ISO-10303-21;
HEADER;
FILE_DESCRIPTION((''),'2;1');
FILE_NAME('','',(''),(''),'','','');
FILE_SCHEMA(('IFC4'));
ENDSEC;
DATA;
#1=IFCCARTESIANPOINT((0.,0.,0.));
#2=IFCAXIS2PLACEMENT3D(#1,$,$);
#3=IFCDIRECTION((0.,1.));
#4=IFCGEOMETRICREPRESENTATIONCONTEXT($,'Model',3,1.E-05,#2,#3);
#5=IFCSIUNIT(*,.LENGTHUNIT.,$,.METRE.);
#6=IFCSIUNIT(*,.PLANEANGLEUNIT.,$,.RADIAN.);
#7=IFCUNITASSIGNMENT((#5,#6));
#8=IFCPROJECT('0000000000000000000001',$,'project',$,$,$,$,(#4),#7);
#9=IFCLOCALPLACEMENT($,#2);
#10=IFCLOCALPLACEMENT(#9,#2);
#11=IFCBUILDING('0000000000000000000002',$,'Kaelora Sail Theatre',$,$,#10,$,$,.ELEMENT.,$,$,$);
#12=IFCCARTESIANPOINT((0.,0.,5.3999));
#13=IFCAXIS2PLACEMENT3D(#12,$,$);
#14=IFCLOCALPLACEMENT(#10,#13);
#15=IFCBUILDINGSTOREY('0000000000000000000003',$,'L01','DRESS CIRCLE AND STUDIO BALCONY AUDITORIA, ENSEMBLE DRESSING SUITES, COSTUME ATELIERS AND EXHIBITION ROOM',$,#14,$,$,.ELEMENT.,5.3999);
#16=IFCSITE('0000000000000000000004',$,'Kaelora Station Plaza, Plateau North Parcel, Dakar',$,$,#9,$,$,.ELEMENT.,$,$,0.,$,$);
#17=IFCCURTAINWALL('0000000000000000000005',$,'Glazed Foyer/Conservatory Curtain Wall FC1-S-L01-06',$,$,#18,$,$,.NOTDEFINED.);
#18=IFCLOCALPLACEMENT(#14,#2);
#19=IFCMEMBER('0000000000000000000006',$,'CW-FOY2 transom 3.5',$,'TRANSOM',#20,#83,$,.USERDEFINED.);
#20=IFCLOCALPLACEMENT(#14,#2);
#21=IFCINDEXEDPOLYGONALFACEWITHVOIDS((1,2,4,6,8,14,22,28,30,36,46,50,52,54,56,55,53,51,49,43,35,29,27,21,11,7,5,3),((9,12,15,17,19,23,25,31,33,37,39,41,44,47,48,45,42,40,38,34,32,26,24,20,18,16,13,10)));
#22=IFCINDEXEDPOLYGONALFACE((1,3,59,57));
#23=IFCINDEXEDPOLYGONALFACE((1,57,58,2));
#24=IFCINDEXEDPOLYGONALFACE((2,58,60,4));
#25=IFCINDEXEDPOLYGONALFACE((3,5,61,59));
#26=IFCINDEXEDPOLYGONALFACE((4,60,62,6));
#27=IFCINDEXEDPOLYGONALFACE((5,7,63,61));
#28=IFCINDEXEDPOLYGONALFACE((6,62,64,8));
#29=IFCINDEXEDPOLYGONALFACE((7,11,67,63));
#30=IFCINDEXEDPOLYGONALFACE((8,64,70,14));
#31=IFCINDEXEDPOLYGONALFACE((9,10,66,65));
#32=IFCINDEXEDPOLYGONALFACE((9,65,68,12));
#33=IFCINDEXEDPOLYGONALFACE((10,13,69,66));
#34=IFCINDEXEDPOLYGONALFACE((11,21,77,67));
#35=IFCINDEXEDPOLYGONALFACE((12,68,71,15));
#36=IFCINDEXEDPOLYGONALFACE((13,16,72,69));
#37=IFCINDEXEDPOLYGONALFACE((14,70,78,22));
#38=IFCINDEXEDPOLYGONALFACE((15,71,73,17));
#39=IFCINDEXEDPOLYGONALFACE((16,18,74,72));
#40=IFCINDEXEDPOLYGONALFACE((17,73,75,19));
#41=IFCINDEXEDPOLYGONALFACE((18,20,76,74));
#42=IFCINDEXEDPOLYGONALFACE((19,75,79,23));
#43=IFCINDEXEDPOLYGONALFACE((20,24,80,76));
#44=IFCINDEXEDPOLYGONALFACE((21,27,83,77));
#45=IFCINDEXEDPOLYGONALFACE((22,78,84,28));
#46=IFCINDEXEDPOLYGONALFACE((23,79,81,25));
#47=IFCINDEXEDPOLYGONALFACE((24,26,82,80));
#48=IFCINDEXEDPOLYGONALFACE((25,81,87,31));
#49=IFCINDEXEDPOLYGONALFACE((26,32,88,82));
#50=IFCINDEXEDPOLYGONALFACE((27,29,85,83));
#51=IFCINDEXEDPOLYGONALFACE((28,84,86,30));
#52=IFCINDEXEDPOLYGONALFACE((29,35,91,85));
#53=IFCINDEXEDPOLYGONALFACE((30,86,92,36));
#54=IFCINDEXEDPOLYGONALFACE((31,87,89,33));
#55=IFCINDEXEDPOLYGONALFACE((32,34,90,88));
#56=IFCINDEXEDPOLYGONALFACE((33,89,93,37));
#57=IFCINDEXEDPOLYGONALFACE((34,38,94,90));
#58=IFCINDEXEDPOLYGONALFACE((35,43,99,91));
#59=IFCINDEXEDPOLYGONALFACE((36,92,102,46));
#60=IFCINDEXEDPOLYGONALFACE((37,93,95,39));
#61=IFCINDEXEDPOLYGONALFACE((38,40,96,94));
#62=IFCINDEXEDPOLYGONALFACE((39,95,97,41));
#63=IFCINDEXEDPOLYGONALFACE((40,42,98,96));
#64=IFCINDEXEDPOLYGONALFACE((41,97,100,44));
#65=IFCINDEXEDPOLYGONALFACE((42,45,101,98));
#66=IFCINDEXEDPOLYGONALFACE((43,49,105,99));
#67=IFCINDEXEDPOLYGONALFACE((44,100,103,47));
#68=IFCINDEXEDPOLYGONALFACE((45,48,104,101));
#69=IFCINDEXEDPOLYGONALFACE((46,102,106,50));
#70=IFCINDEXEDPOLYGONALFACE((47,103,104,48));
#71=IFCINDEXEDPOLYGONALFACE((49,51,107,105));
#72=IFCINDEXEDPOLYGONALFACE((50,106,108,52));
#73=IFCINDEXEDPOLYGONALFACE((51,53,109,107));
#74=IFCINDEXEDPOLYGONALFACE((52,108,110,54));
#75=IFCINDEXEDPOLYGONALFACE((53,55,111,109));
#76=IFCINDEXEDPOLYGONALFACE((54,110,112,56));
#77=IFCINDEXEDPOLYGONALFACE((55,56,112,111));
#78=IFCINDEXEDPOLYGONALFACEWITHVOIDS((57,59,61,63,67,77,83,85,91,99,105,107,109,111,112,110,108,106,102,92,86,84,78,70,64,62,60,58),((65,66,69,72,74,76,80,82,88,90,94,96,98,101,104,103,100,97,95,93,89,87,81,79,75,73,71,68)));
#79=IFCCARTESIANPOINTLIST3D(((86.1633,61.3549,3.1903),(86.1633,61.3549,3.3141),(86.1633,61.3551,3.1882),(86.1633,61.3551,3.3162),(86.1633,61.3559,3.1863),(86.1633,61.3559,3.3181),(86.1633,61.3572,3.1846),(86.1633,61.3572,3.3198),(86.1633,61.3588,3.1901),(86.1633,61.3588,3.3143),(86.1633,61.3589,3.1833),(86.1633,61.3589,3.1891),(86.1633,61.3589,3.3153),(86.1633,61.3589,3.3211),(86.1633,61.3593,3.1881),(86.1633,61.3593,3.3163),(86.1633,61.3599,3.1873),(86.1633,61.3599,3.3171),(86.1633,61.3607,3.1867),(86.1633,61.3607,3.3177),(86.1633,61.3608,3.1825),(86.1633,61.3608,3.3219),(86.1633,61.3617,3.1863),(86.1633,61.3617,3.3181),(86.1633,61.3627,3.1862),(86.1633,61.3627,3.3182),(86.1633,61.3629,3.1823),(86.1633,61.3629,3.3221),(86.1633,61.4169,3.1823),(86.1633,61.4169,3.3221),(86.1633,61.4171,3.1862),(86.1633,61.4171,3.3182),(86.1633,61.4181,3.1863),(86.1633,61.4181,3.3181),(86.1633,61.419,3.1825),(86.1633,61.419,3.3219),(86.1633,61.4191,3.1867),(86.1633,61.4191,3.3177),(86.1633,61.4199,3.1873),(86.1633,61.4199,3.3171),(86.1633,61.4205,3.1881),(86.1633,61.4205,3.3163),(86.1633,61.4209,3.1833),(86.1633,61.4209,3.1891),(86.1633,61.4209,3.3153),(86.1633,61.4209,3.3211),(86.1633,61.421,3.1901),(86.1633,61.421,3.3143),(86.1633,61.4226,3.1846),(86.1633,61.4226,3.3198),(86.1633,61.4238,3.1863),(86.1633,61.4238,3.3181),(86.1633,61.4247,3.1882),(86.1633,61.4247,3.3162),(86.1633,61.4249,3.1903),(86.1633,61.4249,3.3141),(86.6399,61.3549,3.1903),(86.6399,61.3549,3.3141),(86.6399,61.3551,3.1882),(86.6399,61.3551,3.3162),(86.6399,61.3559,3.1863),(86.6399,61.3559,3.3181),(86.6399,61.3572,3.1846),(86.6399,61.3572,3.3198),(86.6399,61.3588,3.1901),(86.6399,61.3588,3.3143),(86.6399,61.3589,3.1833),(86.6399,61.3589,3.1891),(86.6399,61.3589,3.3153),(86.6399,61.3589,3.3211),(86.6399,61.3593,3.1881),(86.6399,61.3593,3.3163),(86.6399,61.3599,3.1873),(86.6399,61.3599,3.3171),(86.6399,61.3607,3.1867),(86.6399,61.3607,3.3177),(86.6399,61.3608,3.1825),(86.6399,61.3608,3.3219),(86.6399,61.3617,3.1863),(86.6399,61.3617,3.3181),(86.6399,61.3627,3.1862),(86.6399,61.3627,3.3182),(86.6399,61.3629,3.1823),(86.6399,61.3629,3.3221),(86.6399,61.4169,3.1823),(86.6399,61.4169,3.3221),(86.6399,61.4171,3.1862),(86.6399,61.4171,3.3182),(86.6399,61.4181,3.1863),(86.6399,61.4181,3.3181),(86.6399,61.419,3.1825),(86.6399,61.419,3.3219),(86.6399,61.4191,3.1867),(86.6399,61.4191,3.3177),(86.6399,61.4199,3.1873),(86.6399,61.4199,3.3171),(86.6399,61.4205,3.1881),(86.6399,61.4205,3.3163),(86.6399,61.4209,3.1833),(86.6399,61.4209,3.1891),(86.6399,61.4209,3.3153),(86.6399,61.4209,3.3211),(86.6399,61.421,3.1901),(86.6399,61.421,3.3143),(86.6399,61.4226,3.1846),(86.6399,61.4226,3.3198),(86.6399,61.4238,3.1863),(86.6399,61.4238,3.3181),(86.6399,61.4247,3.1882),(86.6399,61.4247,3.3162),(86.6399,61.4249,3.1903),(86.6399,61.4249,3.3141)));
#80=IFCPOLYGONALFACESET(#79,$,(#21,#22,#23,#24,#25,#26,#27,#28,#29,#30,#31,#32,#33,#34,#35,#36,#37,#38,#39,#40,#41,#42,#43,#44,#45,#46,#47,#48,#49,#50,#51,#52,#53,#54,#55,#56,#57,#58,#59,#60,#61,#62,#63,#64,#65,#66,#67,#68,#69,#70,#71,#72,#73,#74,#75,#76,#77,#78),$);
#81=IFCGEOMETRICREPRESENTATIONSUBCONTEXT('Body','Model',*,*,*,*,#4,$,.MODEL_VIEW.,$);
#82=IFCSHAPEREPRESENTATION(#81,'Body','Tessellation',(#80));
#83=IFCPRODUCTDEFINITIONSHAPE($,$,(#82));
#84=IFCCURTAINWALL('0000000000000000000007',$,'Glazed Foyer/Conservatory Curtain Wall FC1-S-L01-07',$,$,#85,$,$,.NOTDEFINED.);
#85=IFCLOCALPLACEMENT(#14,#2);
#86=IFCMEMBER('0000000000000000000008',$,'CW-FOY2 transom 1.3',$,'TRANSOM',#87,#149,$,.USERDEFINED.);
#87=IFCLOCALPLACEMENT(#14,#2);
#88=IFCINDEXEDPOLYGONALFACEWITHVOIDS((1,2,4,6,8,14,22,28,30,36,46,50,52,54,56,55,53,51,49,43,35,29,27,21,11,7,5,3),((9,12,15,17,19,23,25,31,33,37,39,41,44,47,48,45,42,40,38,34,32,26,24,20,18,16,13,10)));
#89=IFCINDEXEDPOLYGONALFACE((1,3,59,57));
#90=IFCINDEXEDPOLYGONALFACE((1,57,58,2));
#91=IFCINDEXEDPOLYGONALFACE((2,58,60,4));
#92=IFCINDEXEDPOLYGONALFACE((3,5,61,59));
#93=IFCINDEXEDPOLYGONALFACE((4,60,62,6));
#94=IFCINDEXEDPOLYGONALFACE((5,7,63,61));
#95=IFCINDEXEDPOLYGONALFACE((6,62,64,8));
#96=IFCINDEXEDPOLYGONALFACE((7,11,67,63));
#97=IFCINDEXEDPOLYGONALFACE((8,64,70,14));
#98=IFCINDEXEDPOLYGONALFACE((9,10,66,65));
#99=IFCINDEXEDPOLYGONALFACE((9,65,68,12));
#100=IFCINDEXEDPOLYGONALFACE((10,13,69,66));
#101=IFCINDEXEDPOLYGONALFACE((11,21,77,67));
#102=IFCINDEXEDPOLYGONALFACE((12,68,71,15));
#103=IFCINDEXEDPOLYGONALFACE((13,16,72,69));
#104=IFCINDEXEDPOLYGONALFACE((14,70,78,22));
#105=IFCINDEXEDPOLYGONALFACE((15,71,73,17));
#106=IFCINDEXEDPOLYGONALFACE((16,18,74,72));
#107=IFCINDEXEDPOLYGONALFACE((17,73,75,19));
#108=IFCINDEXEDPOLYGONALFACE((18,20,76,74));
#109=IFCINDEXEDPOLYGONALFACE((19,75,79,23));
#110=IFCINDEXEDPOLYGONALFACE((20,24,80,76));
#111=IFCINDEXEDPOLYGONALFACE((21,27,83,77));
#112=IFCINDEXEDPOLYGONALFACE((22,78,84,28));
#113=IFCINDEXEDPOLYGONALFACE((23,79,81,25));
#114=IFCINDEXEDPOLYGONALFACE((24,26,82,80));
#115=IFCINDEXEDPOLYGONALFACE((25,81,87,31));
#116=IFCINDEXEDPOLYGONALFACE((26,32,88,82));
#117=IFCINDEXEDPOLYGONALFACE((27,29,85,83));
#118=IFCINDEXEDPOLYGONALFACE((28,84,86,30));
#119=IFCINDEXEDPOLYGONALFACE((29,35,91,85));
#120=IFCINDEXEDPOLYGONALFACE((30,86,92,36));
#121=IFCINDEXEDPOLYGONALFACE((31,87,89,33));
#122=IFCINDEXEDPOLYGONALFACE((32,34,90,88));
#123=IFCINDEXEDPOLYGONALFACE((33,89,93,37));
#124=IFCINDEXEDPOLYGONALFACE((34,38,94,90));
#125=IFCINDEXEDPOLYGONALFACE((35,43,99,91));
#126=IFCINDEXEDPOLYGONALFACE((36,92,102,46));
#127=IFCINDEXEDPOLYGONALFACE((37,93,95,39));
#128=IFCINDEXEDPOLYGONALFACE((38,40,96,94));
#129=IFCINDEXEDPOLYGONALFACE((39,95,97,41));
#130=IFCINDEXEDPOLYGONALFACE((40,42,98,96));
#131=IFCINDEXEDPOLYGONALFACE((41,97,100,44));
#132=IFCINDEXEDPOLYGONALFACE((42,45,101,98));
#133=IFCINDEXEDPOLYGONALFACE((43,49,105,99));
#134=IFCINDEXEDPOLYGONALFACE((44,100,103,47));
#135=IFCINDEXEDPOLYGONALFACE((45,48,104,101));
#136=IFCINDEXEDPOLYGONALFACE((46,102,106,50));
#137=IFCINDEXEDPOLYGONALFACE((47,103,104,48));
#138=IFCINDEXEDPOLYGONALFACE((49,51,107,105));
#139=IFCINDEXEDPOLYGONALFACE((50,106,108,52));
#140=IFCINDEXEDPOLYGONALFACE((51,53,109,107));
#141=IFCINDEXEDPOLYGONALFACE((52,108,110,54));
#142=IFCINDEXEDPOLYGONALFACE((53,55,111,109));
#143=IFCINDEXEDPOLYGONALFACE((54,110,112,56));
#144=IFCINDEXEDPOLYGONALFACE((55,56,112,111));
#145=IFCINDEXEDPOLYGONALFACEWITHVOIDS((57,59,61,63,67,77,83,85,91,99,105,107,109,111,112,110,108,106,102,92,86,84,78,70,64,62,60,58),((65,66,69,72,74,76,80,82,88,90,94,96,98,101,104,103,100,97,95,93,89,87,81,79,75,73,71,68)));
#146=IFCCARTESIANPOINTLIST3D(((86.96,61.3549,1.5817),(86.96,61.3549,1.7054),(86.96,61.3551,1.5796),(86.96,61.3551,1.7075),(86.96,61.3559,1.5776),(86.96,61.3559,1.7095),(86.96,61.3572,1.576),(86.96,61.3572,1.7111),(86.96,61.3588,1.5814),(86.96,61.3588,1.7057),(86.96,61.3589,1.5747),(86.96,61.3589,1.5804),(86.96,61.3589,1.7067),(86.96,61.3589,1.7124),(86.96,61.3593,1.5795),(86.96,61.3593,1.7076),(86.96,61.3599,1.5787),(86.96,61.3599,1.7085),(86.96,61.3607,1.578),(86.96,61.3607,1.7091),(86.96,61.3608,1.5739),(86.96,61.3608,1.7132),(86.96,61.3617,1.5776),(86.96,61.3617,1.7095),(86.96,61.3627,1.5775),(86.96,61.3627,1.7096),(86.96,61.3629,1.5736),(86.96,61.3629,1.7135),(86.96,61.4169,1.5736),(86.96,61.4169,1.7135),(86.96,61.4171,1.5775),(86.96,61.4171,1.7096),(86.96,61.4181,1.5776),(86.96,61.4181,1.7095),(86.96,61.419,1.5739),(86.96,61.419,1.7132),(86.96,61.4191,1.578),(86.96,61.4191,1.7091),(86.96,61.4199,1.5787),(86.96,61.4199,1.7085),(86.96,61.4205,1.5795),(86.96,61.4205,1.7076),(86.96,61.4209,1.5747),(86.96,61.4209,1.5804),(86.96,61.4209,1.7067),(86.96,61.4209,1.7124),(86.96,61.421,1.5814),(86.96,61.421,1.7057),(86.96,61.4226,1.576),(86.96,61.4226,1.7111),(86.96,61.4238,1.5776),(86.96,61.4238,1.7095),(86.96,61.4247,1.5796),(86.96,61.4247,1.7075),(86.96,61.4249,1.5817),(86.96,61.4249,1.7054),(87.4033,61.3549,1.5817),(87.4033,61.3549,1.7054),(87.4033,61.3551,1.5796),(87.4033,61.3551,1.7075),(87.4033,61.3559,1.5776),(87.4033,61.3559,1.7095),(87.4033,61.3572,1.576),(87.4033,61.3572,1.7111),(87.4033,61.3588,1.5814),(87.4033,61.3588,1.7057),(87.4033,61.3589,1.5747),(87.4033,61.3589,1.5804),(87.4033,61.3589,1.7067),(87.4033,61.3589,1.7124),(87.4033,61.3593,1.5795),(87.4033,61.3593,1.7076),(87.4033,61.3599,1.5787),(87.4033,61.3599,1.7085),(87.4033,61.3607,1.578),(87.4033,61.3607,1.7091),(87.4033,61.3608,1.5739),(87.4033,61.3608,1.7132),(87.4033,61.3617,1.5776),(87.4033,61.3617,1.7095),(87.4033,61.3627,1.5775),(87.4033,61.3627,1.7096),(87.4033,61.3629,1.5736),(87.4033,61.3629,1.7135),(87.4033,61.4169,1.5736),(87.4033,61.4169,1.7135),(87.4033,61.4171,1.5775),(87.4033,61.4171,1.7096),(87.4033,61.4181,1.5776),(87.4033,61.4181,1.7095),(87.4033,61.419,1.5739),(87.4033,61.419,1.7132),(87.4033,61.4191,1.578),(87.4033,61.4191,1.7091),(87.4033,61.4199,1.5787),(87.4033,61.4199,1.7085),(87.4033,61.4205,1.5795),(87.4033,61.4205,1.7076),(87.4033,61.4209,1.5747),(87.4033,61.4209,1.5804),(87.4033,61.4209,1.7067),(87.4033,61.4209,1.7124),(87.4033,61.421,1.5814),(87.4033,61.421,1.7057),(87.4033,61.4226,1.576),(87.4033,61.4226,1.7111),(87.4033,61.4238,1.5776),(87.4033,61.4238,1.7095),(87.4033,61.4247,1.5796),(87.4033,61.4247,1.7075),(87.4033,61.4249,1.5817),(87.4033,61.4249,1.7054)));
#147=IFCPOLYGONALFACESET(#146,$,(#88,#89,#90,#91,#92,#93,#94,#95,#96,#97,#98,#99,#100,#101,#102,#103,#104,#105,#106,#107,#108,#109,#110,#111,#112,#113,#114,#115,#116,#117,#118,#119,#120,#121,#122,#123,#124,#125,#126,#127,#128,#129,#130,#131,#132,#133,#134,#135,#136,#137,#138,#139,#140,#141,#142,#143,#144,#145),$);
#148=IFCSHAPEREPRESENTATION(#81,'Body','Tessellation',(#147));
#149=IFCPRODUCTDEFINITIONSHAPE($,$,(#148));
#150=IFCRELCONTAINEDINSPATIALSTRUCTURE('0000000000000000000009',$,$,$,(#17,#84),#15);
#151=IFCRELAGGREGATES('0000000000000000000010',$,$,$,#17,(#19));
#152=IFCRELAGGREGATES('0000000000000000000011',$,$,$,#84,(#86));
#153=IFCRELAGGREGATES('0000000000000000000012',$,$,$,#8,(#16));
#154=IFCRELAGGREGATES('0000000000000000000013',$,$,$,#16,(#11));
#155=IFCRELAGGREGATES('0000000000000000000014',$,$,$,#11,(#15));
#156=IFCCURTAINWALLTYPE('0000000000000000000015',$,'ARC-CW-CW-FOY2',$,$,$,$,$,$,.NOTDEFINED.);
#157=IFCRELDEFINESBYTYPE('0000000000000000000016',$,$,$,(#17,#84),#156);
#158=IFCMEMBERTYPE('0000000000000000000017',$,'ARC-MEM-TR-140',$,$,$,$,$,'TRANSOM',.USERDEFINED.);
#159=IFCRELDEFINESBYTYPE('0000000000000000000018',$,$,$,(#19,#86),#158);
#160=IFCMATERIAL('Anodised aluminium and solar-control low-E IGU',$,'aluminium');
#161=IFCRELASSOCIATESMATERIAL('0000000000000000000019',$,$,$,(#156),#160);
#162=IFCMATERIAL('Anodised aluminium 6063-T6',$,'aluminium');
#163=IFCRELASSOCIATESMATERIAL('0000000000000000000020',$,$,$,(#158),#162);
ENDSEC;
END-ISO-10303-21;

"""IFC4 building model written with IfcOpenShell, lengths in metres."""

from ifc_helpers import new_model, si_unit, direction, frame, origin, origin_2d, place, context, subcontext, project, spatial, hollow_rectangle, extrude, material, material_profile, profile_set, type_object, element, aggregate, save


model = new_model("IFC4")

# Units and contexts
model_context = context("Model", 3, precision=1e-05, world=origin(), true_north=direction((0.0, 1.0)))
body_context = subcontext(model_context, "Body", "Model", "MODEL_VIEW")
ifc_project = project(units=[si_unit("LENGTHUNIT", "METRE"), si_unit("PLANEANGLEUNIT", "RADIAN")], contexts=[model_context])

# Site, building, storey
site_placement = place(None, origin())
site = spatial("IfcSite", under=ifc_project, at=site_placement, Name="Kaelora Station Plaza, Plateau North Parcel, Dakar", CompositionType="ELEMENT", RefElevation=0.0)
building_placement = place(site_placement, origin())
building = spatial("IfcBuilding", under=site, at=building_placement, Name="Kaelora Sail Theatre", CompositionType="ELEMENT")
storey_placement = place(building_placement, frame((0.0, 0.0, 5.3999)))
storey = spatial("IfcBuildingStorey", under=building, at=storey_placement, Name="L01", Description="DRESS CIRCLE AND STUDIO BALCONY AUDITORIA, ENSEMBLE DRESSING SUITES, COSTUME ATELIERS AND EXHIBITION ROOM", CompositionType="ELEMENT", Elevation=5.3999)

# Curtain walls, members
ifc_material_1 = material(Name="Anodised aluminium and solar-control low-E IGU", Category="aluminium")
curtain_wall_type = type_object("IfcCurtainWallType", Name="ARC-CW-CW-FOY2", PredefinedType="NOTDEFINED", material=ifc_material_1)
curtain_wall_1_placement = place(storey_placement, origin())
curtain_wall_1 = element("IfcCurtainWall", 1, at=curtain_wall_1_placement, inside=storey, type_object=curtain_wall_type, Name="Glazed Foyer/Conservatory Curtain Wall FC1-S-L01-06", PredefinedType="NOTDEFINED")
ifc_material_2 = material(Name="Anodised aluminium 6063-T6", Category="aluminium")
ifc_material_profile = material_profile(ifc_material_2, hollow_rectangle(XDim=0.0701, YDim=0.1399, WallThickness=0.0039, InnerFilletRadius=0.0039, OuterFilletRadius=0.0081, at=origin_2d()), Name="ALU-TRAN 70x140x4")
ifc_profile_set = profile_set([ifc_material_profile], Name="Anodised aluminium 6063-T6")
member_type = type_object("IfcMemberType", Name="ARC-MEM-TR-140", ElementType="TRANSOM", PredefinedType="USERDEFINED", material=ifc_profile_set)
member_1_placement = place(storey_placement, frame((86.1633, 61.3899, 3.2522), z_axis=(1.0, 0.0, 0.0), x_axis=(0.0, 1.0, 0.0)))
member_1 = element("IfcMember", 2, at=member_1_placement, type_object=member_type, Name="CW-FOY2 transom 3.5", ObjectType="TRANSOM", PredefinedType="USERDEFINED", context=body_context, shape_type="SweptSolid", body=[
    extrude(hollow_rectangle(XDim=0.0701, YDim=0.1399, WallThickness=0.0039, InnerFilletRadius=0.0039, OuterFilletRadius=0.0081, at=origin_2d()), origin(), (0.0, 0.0, 1.0), 0.4766),
])
curtain_wall_2_placement = place(storey_placement, origin())
curtain_wall_2 = element("IfcCurtainWall", 3, at=curtain_wall_2_placement, inside=storey, type_object=curtain_wall_type, Name="Glazed Foyer/Conservatory Curtain Wall FC1-S-L01-07", PredefinedType="NOTDEFINED")
member_2_placement = place(storey_placement, frame((86.96, 61.3899, 1.6436), z_axis=(1.0, 0.0, 0.0), x_axis=(0.0, 1.0, 0.0)))
member_2 = element("IfcMember", 4, at=member_2_placement, type_object=member_type, Name="CW-FOY2 transom 1.3", ObjectType="TRANSOM", PredefinedType="USERDEFINED", context=body_context, shape_type="SweptSolid", body=[
    extrude(hollow_rectangle(XDim=0.0701, YDim=0.1399, WallThickness=0.0039, InnerFilletRadius=0.0039, OuterFilletRadius=0.0081, at=origin_2d()), origin(), (0.0, 0.0, 1.0), 0.4434),
])

aggregate(curtain_wall_1, [member_1])
aggregate(curtain_wall_2, [member_2])

save(model, "model.ifc")
